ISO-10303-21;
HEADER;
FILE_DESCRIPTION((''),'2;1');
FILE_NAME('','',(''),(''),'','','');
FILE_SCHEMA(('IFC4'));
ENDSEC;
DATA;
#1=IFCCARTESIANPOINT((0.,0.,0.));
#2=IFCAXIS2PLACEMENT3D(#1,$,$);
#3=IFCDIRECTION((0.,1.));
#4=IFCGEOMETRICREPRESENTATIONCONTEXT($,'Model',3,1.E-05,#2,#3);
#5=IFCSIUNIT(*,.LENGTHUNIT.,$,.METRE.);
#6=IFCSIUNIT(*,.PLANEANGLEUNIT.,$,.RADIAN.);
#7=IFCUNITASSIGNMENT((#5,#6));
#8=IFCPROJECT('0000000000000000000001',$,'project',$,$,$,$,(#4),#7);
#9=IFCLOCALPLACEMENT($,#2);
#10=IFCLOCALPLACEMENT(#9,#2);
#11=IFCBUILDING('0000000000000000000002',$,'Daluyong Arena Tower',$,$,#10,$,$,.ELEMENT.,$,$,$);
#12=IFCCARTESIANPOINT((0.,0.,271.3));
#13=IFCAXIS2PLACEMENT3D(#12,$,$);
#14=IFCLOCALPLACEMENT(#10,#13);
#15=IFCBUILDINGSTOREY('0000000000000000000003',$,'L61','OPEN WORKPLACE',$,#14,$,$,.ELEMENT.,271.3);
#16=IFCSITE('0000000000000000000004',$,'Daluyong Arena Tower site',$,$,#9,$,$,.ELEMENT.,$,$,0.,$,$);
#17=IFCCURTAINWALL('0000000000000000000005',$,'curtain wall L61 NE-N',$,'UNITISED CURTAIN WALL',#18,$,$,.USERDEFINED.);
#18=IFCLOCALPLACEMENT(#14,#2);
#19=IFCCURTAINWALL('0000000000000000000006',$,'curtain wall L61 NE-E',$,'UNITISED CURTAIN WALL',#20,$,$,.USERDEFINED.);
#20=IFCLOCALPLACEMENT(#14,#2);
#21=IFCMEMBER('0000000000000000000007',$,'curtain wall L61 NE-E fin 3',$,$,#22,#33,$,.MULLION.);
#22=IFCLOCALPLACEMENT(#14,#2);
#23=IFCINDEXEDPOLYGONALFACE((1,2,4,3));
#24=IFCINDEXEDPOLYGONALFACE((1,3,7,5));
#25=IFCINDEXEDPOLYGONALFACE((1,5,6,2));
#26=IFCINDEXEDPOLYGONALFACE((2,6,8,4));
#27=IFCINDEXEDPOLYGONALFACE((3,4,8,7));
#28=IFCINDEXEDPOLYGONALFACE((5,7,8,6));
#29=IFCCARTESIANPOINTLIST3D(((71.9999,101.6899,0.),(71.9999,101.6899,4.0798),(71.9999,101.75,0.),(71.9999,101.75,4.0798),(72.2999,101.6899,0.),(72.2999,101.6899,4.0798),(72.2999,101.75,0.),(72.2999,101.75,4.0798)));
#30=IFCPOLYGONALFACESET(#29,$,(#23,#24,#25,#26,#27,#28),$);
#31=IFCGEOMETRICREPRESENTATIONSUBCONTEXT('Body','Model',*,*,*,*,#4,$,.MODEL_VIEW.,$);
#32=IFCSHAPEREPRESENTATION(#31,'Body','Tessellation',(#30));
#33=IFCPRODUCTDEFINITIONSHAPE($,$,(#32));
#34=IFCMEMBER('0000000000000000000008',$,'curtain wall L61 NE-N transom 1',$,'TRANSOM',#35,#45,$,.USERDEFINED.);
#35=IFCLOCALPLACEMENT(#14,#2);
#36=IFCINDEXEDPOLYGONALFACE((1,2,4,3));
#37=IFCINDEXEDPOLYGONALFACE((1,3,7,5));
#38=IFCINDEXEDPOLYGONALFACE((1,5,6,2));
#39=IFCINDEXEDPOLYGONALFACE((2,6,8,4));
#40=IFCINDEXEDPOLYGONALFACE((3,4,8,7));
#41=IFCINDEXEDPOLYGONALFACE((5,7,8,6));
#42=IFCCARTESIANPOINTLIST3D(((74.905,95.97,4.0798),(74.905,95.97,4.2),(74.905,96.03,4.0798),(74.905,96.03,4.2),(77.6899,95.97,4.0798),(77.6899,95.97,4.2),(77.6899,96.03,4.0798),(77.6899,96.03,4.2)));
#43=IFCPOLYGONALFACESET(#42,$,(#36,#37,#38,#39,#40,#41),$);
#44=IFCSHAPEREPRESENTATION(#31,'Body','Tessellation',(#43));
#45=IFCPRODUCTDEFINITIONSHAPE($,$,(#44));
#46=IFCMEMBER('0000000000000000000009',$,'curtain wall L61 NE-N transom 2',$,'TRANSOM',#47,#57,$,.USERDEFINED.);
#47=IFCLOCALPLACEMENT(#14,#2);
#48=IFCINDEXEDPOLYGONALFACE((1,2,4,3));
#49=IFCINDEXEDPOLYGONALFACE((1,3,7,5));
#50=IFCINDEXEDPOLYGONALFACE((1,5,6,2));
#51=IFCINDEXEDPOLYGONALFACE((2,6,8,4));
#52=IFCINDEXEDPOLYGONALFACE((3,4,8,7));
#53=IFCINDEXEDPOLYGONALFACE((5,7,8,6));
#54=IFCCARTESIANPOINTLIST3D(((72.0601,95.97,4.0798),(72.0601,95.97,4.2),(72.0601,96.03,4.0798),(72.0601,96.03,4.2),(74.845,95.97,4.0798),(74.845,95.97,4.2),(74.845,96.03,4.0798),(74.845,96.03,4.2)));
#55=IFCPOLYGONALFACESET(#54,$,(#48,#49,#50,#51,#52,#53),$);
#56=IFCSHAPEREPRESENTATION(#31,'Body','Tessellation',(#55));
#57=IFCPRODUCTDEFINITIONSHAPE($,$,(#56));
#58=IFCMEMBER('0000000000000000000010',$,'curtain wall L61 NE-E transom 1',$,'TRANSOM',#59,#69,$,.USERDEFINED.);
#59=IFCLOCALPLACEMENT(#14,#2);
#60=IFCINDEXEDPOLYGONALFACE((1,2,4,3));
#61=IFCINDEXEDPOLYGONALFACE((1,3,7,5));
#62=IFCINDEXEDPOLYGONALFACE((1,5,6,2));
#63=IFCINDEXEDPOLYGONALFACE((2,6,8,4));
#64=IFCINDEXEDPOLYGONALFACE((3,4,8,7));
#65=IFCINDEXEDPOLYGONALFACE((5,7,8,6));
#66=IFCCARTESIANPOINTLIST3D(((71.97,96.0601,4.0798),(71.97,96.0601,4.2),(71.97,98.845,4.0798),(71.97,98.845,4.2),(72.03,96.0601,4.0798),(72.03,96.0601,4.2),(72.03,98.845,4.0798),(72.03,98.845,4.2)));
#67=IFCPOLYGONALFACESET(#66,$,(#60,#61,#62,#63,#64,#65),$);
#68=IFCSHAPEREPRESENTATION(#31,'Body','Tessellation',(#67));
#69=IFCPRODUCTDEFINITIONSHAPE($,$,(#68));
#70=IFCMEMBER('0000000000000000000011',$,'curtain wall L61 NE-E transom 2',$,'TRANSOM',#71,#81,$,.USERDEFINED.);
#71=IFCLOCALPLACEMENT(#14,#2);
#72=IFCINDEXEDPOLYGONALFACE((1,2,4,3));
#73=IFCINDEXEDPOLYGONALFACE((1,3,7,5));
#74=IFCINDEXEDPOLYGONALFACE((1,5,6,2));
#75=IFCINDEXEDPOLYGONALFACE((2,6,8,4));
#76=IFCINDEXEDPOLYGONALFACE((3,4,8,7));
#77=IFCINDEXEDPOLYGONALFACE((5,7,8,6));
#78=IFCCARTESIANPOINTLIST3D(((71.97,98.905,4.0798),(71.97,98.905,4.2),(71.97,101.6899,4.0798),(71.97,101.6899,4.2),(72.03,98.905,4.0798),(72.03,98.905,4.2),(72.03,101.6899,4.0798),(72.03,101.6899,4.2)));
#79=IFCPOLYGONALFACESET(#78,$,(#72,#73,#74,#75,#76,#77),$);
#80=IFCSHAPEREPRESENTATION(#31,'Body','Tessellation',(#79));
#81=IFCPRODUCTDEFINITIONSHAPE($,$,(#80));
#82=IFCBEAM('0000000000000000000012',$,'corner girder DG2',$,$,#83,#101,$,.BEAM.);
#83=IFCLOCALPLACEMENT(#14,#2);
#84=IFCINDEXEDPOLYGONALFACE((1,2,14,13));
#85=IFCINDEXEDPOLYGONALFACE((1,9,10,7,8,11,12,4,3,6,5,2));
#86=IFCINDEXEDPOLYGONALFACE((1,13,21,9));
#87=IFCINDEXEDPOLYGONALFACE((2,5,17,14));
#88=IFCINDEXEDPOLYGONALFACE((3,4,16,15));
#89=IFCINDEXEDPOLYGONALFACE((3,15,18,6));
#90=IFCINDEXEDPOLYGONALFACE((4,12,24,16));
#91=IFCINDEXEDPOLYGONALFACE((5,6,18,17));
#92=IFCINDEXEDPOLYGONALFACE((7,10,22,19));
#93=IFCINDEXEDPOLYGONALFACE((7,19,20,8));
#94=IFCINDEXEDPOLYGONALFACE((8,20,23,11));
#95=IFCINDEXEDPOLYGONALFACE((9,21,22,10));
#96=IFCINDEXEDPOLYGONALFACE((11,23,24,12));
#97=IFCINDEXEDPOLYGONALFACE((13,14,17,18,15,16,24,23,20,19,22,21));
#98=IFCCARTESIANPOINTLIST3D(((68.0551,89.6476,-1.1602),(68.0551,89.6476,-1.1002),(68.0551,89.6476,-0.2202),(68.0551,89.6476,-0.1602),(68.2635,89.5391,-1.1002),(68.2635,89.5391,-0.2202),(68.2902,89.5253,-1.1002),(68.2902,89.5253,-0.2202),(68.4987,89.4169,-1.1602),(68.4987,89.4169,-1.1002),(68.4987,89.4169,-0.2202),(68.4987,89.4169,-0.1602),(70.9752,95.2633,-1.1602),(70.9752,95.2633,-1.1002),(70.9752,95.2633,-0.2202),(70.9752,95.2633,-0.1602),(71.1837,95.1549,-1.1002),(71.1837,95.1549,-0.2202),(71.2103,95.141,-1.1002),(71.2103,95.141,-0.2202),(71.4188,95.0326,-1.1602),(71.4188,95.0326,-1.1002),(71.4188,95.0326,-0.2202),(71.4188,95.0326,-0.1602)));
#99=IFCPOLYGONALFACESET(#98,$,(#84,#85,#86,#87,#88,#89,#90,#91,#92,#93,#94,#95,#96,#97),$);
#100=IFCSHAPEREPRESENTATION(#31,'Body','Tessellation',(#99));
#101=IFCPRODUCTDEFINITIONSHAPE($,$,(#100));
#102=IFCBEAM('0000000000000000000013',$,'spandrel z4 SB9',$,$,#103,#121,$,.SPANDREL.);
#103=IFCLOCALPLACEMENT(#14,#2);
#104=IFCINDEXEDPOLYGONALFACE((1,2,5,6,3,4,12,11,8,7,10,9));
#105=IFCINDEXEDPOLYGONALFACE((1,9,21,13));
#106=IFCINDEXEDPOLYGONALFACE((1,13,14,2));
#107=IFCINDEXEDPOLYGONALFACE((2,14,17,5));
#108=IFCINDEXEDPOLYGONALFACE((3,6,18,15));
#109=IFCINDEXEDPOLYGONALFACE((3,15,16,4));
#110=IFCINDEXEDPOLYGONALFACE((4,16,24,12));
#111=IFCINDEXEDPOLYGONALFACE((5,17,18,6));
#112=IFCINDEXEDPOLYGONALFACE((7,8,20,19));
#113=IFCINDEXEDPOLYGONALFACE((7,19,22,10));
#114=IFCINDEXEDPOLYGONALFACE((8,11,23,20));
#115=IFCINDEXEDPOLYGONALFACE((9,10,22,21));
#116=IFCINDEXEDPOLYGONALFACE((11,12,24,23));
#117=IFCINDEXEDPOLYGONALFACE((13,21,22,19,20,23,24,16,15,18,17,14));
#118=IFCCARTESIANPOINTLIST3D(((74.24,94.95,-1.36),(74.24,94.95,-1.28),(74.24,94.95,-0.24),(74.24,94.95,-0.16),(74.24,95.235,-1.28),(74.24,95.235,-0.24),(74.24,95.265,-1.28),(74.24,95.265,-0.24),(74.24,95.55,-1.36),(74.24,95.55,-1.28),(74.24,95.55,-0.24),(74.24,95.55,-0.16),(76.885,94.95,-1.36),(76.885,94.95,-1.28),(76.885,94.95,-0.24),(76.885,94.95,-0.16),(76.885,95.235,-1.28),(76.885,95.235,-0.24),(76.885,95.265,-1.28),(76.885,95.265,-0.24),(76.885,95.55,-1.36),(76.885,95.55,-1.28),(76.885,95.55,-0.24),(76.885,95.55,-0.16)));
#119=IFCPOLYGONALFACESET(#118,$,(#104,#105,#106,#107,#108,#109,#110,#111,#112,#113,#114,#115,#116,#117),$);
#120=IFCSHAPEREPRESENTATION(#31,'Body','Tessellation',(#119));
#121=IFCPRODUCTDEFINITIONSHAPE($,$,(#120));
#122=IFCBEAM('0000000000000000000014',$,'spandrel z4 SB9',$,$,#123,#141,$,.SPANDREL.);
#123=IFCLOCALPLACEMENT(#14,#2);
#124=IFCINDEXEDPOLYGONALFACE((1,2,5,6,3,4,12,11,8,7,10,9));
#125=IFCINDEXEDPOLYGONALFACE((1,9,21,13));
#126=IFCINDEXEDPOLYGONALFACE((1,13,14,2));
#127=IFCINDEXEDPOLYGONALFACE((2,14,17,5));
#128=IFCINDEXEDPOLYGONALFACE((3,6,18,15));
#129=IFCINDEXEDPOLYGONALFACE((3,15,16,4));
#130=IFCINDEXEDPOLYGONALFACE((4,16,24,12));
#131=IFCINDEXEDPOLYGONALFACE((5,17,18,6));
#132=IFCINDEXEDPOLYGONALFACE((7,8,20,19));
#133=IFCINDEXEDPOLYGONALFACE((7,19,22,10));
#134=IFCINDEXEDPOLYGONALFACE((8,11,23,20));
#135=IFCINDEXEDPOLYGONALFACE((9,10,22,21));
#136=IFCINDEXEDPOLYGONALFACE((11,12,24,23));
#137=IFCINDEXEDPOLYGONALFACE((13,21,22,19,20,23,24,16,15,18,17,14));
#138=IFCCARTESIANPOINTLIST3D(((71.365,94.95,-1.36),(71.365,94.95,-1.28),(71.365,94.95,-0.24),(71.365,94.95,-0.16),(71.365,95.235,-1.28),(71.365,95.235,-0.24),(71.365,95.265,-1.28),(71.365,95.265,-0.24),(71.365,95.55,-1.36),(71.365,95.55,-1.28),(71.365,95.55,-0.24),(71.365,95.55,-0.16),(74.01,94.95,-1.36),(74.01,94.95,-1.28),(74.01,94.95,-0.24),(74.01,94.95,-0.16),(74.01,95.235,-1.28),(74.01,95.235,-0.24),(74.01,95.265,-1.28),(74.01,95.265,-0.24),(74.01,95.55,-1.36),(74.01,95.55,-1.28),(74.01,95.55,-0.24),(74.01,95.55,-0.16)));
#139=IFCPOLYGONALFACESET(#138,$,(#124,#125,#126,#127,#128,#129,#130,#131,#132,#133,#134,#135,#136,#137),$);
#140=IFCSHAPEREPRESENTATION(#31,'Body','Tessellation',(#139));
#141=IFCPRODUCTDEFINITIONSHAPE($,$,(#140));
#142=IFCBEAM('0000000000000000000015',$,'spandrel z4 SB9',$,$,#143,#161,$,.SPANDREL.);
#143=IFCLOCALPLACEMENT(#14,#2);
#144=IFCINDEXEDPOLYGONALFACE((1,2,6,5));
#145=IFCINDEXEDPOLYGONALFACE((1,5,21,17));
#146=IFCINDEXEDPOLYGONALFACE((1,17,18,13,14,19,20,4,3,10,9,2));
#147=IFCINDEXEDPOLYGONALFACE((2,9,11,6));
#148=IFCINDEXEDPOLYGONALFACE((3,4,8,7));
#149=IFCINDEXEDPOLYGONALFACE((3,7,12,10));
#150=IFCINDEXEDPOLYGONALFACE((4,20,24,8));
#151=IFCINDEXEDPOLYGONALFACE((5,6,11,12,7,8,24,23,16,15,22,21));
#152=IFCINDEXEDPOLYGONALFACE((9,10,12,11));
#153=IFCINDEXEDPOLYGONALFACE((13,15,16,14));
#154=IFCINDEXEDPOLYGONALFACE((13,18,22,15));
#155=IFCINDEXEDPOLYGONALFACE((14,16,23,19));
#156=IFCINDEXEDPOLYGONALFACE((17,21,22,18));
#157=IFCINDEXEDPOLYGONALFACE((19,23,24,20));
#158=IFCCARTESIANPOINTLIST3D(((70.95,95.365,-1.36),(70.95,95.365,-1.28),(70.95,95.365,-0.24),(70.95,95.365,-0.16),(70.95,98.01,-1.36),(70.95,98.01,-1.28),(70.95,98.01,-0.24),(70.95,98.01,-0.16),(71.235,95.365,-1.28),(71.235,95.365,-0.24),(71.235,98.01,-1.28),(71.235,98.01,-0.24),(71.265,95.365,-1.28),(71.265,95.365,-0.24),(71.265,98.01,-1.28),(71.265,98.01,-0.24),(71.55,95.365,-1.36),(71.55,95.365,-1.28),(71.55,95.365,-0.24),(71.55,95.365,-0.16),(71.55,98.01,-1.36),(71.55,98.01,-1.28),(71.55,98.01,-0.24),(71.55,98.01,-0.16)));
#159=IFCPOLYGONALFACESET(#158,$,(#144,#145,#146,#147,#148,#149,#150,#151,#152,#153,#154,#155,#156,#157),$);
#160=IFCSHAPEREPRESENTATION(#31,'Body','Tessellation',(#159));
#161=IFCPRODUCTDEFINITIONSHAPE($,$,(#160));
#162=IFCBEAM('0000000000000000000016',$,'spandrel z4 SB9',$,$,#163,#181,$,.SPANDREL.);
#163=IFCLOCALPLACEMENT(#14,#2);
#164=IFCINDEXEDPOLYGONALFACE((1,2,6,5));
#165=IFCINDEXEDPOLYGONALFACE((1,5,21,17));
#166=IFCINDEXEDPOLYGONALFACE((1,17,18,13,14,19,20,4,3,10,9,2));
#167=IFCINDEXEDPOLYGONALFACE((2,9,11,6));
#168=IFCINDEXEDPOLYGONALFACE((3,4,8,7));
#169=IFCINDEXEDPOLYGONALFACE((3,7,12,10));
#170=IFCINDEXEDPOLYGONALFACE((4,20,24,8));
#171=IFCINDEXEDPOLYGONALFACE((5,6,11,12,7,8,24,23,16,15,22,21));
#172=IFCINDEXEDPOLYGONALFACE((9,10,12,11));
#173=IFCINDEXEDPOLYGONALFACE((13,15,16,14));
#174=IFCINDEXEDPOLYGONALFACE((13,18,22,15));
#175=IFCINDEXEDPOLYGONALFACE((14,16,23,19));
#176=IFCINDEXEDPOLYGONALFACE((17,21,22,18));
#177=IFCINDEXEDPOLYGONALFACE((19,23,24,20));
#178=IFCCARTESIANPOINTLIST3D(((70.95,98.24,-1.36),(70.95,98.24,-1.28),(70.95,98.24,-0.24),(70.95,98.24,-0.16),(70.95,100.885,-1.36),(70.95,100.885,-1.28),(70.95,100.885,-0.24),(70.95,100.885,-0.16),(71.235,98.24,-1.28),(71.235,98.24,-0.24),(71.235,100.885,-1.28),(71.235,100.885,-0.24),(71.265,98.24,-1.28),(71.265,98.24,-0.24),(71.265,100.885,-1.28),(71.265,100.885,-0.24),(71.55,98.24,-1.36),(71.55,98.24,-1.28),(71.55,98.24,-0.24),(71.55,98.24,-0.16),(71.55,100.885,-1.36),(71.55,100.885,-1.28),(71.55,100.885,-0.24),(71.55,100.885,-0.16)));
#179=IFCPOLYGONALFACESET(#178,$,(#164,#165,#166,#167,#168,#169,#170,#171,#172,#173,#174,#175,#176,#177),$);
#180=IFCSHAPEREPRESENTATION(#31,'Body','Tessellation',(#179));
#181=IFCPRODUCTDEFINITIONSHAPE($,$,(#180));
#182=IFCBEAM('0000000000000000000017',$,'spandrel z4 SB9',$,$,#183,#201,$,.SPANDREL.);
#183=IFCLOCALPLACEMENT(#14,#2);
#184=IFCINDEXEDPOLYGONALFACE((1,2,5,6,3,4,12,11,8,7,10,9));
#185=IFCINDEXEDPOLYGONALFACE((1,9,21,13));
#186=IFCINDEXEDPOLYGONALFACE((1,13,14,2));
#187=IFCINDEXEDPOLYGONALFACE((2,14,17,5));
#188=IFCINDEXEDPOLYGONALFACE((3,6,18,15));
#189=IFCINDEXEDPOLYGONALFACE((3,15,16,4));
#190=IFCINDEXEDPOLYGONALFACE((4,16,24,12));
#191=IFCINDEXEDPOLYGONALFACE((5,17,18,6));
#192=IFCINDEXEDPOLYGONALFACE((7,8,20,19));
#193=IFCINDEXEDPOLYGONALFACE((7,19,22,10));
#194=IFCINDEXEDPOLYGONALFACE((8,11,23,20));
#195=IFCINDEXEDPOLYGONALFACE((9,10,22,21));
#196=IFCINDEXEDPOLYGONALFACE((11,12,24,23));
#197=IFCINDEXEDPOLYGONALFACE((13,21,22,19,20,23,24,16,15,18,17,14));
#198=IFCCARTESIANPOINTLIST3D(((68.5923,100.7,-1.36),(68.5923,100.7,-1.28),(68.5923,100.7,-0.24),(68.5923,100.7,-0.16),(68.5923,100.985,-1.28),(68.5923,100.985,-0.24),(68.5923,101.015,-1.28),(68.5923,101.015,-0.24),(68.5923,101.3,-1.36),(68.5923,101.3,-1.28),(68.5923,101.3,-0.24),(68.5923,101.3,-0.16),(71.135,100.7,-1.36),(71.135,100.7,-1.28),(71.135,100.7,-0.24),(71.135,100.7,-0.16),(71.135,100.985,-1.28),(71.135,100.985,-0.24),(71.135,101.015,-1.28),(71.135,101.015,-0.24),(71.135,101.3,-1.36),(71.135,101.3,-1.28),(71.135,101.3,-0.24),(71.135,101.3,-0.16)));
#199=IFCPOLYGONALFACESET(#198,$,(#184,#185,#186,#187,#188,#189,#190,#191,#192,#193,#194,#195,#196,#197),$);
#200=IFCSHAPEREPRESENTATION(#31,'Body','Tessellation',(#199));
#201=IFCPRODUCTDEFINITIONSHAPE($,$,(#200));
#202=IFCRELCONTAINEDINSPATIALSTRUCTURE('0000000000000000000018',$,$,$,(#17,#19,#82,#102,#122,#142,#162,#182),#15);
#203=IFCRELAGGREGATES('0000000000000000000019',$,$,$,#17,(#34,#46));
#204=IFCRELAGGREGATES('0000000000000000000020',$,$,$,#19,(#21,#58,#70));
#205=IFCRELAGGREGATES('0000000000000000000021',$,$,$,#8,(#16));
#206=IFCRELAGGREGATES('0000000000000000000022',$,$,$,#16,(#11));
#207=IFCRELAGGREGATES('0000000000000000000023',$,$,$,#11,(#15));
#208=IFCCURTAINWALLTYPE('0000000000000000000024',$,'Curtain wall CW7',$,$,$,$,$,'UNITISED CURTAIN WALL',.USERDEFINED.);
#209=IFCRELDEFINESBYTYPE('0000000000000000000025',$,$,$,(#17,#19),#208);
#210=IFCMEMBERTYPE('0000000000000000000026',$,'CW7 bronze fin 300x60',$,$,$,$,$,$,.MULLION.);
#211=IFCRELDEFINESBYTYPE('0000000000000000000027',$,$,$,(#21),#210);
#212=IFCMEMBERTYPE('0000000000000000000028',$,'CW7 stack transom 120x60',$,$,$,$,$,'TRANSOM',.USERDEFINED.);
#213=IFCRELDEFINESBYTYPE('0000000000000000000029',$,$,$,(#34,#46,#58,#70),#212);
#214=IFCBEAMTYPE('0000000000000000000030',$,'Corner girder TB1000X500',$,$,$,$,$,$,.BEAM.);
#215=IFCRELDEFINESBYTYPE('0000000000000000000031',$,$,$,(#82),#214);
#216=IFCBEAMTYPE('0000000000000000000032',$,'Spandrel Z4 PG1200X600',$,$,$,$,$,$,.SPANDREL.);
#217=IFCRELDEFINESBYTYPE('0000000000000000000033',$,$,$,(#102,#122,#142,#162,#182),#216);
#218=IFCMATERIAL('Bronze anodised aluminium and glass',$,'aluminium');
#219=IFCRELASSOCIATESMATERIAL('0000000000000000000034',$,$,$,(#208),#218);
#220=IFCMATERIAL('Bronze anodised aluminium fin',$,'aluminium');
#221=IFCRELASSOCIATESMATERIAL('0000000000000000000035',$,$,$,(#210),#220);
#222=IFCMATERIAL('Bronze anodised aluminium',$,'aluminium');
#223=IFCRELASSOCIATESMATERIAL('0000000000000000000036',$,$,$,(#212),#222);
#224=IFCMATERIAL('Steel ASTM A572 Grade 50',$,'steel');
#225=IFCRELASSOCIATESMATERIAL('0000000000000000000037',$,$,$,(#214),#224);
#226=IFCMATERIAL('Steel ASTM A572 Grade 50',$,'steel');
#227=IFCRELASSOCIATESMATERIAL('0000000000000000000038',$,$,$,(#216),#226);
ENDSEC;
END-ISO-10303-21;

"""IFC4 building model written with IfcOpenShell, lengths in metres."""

from ifc_helpers import new_model, si_unit, direction, frame, origin, origin_2d, place, context, subcontext, project, spatial, rectangle, i_section, extrude, material, material_profile, profile_set, type_object, element, aggregate, save


model = new_model("IFC4")

# Units and contexts
model_context = context("Model", 3, precision=1e-05, world=origin(), true_north=direction((0.0, 1.0)))
body_context = subcontext(model_context, "Body", "Model", "MODEL_VIEW")
ifc_project = project(units=[si_unit("LENGTHUNIT", "METRE"), si_unit("PLANEANGLEUNIT", "RADIAN")], contexts=[model_context])

# Site, building, storey
site_placement = place(None, origin())
site = spatial("IfcSite", under=ifc_project, at=site_placement, Name="Daluyong Arena Tower site", CompositionType="ELEMENT", RefElevation=0.0)
building_placement = place(site_placement, origin())
building = spatial("IfcBuilding", under=site, at=building_placement, Name="Daluyong Arena Tower", CompositionType="ELEMENT")
storey_placement = place(building_placement, frame((0.0, 0.0, 271.3)))
storey = spatial("IfcBuildingStorey", under=building, at=storey_placement, Name="L61", Description="OPEN WORKPLACE", CompositionType="ELEMENT", Elevation=271.3)

# Curtain walls, member
ifc_material_1 = material(Name="Bronze anodised aluminium and glass", Category="aluminium")
curtain_wall_type_1 = type_object("IfcCurtainWallType", Name="Curtain wall CW7", ElementType="UNITISED CURTAIN WALL", PredefinedType="USERDEFINED", material=ifc_material_1)
curtain_wall_1_placement = place(storey_placement, origin())
curtain_wall_1 = element("IfcCurtainWall", 1, at=curtain_wall_1_placement, inside=storey, type_object=curtain_wall_type_1, Name="curtain wall L61 NE-N", ObjectType="UNITISED CURTAIN WALL", PredefinedType="USERDEFINED")
ifc_material_2 = material(Name="Bronze anodised aluminium fin", Category="aluminium")
ifc_material_profile_1 = material_profile(ifc_material_2, rectangle(XDim=0.3, YDim=0.0601, at=origin_2d()))
ifc_profile_set_1 = profile_set([ifc_material_profile_1], Name="Bronze anodised aluminium fin")
member_type_1 = type_object("IfcMemberType", Name="CW7 bronze fin 300x60", PredefinedType="MULLION", material=ifc_profile_set_1)
curtain_wall_2_placement = place(storey_placement, origin())
curtain_wall_2 = element("IfcCurtainWall", 2, at=curtain_wall_2_placement, inside=storey, type_object=curtain_wall_type_1, Name="curtain wall L61 NE-E", ObjectType="UNITISED CURTAIN WALL", PredefinedType="USERDEFINED")
member_1_placement = place(storey_placement, frame((72.1499, 101.72, 0.0), z_axis=(0.0, 0.0, 1.0), x_axis=(-1.0, 0.0, 0.0)))
member_1 = element("IfcMember", 3, at=member_1_placement, type_object=member_type_1, Name="curtain wall L61 NE-E fin 3", PredefinedType="MULLION", context=body_context, shape_type="SweptSolid", body=[
    extrude(rectangle(XDim=0.3, YDim=0.0601, at=origin_2d()), origin(), (0.0, 0.0, 1.0), 4.0798),
])

# Members
ifc_material_3 = material(Name="Bronze anodised aluminium", Category="aluminium")
ifc_material_profile_2 = material_profile(ifc_material_3, rectangle(XDim=0.0601, YDim=0.1201, at=origin_2d()))
ifc_profile_set_2 = profile_set([ifc_material_profile_2], Name="Bronze anodised aluminium")
member_type_2 = type_object("IfcMemberType", Name="CW7 stack transom 120x60", ElementType="TRANSOM", PredefinedType="USERDEFINED", material=ifc_profile_set_2)
member_2_placement = place(storey_placement, frame((77.6899, 96.0, 4.1399), z_axis=(-1.0, 0.0, 0.0), x_axis=(0.0, -1.0, 0.0)))
member_2 = element("IfcMember", 4, at=member_2_placement, type_object=member_type_2, Name="curtain wall L61 NE-N transom 1", ObjectType="TRANSOM", PredefinedType="USERDEFINED", context=body_context, shape_type="SweptSolid", body=[
    extrude(rectangle(XDim=0.0601, YDim=0.1201, at=origin_2d()), origin(), (0.0, 0.0, 1.0), 2.7849),
])
member_3_placement = place(storey_placement, frame((74.845, 96.0, 4.1399), z_axis=(-1.0, 0.0, 0.0), x_axis=(0.0, -1.0, 0.0)))
member_3 = element("IfcMember", 5, at=member_3_placement, type_object=member_type_2, Name="curtain wall L61 NE-N transom 2", ObjectType="TRANSOM", PredefinedType="USERDEFINED", context=body_context, shape_type="SweptSolid", body=[
    extrude(rectangle(XDim=0.0601, YDim=0.1201, at=origin_2d()), origin(), (0.0, 0.0, 1.0), 2.7849),
])
member_4_placement = place(storey_placement, frame((72.0, 96.0601, 4.1399), z_axis=(0.0, 1.0, 0.0), x_axis=(-1.0, 0.0, 0.0)))
member_4 = element("IfcMember", 6, at=member_4_placement, type_object=member_type_2, Name="curtain wall L61 NE-E transom 1", ObjectType="TRANSOM", PredefinedType="USERDEFINED", context=body_context, shape_type="SweptSolid", body=[
    extrude(rectangle(XDim=0.0601, YDim=0.1201, at=origin_2d()), origin(), (0.0, 0.0, 1.0), 2.7849),
])
member_5_placement = place(storey_placement, frame((72.0, 98.905, 4.1399), z_axis=(0.0, 1.0, 0.0), x_axis=(-1.0, 0.0, 0.0)))
member_5 = element("IfcMember", 7, at=member_5_placement, type_object=member_type_2, Name="curtain wall L61 NE-E transom 2", ObjectType="TRANSOM", PredefinedType="USERDEFINED", context=body_context, shape_type="SweptSolid", body=[
    extrude(rectangle(XDim=0.0601, YDim=0.1201, at=origin_2d()), origin(), (0.0, 0.0, 1.0), 2.7849),
])

# Beams
ifc_material_4 = material(Name="Steel ASTM A572 Grade 50", Category="steel")
ifc_material_profile_3 = material_profile(ifc_material_4, i_section(OverallWidth=0.5, OverallDepth=1.0, WebThickness=0.03, FlangeThickness=0.06, at=origin_2d()))
ifc_profile_set_3 = profile_set([ifc_material_profile_3], Name="Steel ASTM A572 Grade 50")
beam_type_1 = type_object("IfcBeamType", Name="Corner girder TB1000X500", PredefinedType="BEAM", material=ifc_profile_set_3)
beam_1_placement = place(storey_placement, frame((71.197, 95.1479, -0.6602), z_axis=(-0.461352, -0.887217, 0.0), x_axis=(0.887217, -0.461352, 0.0)))
element("IfcBeam", 8, at=beam_1_placement, inside=storey, type_object=beam_type_1, Name="corner girder DG2", PredefinedType="BEAM", context=body_context, shape_type="SweptSolid", body=[
    extrude(i_section(OverallWidth=0.5, OverallDepth=1.0, WebThickness=0.03, FlangeThickness=0.06, at=origin_2d()), origin(), (0.0, 0.0, 1.0), 6.3296),
])
ifc_material_5 = material(Name="Steel ASTM A572 Grade 50", Category="steel")
ifc_material_profile_4 = material_profile(ifc_material_5, i_section(OverallWidth=0.6001, OverallDepth=1.2, WebThickness=0.03, FlangeThickness=0.08, at=origin_2d()))
ifc_profile_set_4 = profile_set([ifc_material_profile_4], Name="Steel ASTM A572 Grade 50")
beam_type_2 = type_object("IfcBeamType", Name="Spandrel Z4 PG1200X600", PredefinedType="SPANDREL", material=ifc_profile_set_4)
for number, where, z_axis, x_axis, name in (
    (9, (76.885, 95.25, -0.76), (-1.0, 0.0, 0.0), (0.0, -1.0, 0.0), "spandrel z4 SB9"),
    (10, (74.01, 95.25, -0.76), (-1.0, 0.0, 0.0), (0.0, -1.0, 0.0), "spandrel z4 SB9"),
    (11, (71.25, 95.365, -0.76), (0.0, 1.0, 0.0), (-1.0, 0.0, 0.0), "spandrel z4 SB9"),
    (12, (71.25, 98.24, -0.76), (0.0, 1.0, 0.0), (-1.0, 0.0, 0.0), "spandrel z4 SB9"),
):
    element("IfcBeam", number, at=place(storey_placement, frame(where, z_axis=z_axis, x_axis=x_axis)), inside=storey, type_object=beam_type_2, Name=name, PredefinedType="SPANDREL", context=body_context, shape_type="SweptSolid", body=[
        extrude(i_section(OverallWidth=0.6001, OverallDepth=1.2, WebThickness=0.03, FlangeThickness=0.08, at=origin_2d()), origin(), (0.0, 0.0, 1.0), 2.645),
    ])
beam_2_placement = place(storey_placement, frame((71.135, 101.0, -0.76), z_axis=(-1.0, 0.0, 0.0), x_axis=(0.0, -1.0, 0.0)))
element("IfcBeam", 13, at=beam_2_placement, inside=storey, type_object=beam_type_2, Name="spandrel z4 SB9", PredefinedType="SPANDREL", context=body_context, shape_type="SweptSolid", body=[
    extrude(i_section(OverallWidth=0.6001, OverallDepth=1.2, WebThickness=0.03, FlangeThickness=0.08, at=origin_2d()), origin(), (0.0, 0.0, 1.0), 2.5427),
])

aggregate(curtain_wall_1, [member_2, member_3])
aggregate(curtain_wall_2, [member_1, member_4, member_5])

save(model, "model.ifc")
